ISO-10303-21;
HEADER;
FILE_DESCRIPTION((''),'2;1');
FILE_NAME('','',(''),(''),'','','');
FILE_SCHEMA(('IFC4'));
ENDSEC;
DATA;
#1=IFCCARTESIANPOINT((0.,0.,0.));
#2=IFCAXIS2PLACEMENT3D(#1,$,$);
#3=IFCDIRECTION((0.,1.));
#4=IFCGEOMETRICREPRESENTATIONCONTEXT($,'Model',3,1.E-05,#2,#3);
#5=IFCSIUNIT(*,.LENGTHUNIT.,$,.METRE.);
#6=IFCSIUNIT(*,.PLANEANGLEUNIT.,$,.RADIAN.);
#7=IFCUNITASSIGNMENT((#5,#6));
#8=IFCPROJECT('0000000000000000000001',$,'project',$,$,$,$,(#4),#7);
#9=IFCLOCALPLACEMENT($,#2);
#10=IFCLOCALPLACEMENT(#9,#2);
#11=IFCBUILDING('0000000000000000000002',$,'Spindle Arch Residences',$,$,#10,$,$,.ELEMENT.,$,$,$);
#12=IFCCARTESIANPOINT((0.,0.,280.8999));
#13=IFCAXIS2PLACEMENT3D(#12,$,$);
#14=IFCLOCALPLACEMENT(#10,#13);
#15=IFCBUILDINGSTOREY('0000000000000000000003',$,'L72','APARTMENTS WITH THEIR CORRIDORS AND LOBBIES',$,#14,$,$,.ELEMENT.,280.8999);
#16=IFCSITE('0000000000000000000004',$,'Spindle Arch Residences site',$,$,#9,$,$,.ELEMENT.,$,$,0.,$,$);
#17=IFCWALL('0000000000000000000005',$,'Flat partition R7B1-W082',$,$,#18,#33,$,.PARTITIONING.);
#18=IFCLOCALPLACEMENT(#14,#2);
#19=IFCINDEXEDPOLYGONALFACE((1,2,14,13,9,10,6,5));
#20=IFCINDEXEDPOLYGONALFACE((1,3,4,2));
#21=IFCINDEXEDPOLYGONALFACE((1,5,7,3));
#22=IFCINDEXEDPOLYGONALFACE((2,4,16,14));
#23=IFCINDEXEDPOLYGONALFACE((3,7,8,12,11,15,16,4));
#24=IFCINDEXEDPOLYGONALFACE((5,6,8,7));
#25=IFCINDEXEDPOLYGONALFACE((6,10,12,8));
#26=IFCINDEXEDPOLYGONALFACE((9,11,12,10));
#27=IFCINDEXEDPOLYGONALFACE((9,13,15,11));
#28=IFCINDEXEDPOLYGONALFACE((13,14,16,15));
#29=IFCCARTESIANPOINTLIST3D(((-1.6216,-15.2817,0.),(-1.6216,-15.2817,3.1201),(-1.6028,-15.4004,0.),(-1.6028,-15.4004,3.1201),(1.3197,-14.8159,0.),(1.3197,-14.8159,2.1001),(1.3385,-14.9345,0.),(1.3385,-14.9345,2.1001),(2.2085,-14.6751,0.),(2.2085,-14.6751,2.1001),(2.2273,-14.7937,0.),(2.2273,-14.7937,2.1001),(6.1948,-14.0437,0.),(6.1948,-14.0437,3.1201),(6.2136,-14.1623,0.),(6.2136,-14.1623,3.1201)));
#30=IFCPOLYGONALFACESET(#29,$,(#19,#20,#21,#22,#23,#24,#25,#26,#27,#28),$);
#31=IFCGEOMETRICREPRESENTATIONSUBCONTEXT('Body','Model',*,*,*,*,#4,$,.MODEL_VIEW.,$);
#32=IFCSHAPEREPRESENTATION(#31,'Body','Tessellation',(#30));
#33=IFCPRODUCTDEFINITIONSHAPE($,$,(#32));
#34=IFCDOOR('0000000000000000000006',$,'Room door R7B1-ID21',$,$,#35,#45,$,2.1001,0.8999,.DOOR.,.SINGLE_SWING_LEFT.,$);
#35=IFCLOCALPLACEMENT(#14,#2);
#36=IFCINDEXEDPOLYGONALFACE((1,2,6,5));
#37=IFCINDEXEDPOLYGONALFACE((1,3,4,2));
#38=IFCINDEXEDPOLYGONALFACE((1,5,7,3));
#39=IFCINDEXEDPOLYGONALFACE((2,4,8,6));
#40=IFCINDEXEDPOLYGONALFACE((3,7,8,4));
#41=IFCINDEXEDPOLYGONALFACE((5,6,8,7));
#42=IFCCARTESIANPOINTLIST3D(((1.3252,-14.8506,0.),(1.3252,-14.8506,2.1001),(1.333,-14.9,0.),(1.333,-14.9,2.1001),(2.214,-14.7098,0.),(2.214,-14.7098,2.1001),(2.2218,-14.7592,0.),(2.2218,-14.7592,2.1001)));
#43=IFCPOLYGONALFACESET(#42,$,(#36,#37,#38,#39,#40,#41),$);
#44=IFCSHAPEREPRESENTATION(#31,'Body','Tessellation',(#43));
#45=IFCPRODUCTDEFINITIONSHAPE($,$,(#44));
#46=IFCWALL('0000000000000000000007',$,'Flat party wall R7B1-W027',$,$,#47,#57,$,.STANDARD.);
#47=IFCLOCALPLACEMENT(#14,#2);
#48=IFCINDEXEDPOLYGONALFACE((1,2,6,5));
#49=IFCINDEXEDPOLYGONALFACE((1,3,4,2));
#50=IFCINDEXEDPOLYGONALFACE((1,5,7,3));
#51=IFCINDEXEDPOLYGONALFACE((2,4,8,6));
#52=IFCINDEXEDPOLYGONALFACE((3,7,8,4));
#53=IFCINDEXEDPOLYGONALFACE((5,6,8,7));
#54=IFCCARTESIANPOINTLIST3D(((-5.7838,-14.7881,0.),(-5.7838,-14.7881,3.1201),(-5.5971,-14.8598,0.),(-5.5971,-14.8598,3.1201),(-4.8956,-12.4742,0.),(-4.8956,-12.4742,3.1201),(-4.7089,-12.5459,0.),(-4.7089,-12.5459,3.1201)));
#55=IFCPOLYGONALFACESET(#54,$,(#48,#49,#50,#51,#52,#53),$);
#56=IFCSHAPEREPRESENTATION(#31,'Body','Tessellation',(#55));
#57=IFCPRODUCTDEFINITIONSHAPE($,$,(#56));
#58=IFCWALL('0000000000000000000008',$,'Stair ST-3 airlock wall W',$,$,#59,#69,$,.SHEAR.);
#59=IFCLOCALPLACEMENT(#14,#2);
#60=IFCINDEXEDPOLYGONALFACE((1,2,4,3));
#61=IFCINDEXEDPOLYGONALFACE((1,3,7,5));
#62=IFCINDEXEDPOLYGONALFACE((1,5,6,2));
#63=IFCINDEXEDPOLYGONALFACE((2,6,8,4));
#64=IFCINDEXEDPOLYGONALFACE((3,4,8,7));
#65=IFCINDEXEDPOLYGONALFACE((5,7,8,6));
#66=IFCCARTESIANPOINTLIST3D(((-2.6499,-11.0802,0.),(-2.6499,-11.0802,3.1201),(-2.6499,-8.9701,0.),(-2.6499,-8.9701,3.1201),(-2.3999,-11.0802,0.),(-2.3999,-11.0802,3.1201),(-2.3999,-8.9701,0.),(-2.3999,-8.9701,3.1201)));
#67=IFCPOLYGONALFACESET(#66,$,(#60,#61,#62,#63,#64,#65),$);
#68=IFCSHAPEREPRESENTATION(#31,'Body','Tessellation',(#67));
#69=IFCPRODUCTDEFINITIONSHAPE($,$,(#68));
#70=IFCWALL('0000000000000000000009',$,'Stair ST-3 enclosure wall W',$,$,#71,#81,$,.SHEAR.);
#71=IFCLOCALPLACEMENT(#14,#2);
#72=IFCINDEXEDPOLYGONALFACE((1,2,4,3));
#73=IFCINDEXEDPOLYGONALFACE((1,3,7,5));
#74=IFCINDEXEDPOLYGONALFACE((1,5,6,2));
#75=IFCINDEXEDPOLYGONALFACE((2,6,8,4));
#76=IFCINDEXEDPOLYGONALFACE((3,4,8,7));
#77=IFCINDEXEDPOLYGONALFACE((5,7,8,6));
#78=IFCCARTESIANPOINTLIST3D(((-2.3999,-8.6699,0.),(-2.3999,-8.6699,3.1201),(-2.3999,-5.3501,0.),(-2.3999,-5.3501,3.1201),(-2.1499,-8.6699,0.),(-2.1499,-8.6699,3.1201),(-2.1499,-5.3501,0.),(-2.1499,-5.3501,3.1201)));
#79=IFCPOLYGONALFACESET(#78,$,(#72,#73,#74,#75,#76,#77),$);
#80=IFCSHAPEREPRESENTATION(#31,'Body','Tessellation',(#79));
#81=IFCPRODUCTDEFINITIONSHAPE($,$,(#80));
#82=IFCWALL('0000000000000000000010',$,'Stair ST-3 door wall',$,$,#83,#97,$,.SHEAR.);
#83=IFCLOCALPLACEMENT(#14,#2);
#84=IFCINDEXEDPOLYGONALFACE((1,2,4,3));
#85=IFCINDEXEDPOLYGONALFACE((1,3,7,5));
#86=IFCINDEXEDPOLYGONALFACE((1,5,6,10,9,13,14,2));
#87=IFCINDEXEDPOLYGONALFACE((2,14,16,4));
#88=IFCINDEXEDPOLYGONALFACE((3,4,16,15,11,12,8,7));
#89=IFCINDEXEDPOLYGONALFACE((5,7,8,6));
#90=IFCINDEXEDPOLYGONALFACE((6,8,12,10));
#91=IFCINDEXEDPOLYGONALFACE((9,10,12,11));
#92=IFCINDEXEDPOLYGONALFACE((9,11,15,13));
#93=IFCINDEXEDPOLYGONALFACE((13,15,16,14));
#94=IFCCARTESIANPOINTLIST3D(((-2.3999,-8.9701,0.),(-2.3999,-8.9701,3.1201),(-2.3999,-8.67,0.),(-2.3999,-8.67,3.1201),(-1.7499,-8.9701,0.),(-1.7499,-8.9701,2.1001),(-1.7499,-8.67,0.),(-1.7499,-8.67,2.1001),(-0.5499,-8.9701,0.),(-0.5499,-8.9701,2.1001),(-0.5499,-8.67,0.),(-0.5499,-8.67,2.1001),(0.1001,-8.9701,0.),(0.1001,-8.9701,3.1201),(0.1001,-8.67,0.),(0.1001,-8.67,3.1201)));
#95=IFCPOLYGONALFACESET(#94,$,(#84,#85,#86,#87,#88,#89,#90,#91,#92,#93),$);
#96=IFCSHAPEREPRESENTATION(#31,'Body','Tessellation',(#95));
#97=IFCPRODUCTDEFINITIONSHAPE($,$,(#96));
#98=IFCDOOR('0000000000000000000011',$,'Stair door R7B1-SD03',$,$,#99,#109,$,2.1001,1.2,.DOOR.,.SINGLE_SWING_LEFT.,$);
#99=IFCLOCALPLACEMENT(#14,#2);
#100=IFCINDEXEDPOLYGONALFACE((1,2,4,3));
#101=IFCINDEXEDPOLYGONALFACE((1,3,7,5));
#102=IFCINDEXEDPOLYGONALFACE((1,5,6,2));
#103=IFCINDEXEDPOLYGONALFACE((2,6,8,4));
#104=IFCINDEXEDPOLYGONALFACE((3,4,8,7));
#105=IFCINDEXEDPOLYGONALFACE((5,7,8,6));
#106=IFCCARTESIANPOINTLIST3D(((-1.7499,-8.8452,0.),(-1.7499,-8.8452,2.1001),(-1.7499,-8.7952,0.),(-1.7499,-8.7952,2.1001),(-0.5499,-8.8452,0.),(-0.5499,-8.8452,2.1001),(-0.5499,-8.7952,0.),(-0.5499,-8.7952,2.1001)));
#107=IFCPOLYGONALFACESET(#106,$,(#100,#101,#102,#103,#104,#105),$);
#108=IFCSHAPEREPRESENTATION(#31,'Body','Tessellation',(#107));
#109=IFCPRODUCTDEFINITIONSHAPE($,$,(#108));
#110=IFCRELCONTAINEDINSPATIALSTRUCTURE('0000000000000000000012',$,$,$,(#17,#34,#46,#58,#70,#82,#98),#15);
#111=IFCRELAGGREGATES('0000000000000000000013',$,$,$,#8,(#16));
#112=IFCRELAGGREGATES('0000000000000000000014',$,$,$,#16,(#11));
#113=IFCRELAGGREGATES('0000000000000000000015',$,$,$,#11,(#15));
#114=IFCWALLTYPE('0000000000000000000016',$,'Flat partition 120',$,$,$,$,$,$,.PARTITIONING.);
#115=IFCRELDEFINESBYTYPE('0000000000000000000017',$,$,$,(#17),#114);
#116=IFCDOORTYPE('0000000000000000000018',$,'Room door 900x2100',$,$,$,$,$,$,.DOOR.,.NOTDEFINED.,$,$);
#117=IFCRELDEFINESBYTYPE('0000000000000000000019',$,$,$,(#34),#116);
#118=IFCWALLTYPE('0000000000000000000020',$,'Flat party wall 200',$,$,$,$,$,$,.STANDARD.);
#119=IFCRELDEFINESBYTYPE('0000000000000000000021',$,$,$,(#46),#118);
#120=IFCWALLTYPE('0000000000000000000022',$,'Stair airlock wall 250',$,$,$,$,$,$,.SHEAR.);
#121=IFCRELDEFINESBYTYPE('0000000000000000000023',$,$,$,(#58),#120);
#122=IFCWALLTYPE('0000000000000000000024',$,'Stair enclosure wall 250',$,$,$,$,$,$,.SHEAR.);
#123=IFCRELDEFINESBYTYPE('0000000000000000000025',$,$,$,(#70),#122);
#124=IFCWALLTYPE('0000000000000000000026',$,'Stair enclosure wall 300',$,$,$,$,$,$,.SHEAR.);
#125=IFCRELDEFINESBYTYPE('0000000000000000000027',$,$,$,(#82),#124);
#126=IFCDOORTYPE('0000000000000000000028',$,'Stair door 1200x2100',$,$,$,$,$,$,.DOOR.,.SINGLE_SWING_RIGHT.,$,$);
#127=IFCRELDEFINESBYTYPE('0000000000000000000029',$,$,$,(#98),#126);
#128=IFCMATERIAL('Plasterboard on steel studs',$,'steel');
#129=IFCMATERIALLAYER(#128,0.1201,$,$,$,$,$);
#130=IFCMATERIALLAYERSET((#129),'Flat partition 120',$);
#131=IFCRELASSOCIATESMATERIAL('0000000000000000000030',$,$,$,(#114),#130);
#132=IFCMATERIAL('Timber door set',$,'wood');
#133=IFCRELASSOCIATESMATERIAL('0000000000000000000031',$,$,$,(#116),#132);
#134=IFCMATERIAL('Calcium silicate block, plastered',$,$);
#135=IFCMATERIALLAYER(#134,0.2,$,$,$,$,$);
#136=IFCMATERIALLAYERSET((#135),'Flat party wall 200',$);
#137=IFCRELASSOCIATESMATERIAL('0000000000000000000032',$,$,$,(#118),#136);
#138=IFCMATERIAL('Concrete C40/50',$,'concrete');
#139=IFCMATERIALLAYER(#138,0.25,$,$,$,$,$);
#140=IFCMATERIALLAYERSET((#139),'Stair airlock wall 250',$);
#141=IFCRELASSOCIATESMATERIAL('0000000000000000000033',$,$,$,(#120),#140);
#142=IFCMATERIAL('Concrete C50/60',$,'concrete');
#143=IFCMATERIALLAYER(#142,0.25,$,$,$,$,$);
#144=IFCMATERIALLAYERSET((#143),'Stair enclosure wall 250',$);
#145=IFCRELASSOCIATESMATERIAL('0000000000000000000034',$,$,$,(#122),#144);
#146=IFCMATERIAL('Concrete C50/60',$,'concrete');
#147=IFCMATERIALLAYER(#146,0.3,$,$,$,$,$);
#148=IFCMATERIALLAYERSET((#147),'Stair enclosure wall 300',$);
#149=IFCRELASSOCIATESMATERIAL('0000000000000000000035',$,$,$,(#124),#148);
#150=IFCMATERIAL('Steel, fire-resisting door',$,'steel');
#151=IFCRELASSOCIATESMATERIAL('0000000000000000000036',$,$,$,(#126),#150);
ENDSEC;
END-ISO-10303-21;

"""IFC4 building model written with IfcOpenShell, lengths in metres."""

from ifc_helpers import new_model, si_unit, direction, frame, frame_2d, origin, place, context, subcontext, project, spatial, rectangle, extrude, material, layer, layer_set, type_object, element, fill, save


model = new_model("IFC4")

# Units and contexts
model_context = context("Model", 3, precision=1e-05, world=origin(), true_north=direction((0.0, 1.0)))
body_context = subcontext(model_context, "Body", "Model", "MODEL_VIEW")
ifc_project = project(units=[si_unit("LENGTHUNIT", "METRE"), si_unit("PLANEANGLEUNIT", "RADIAN")], contexts=[model_context])

# Site, building, storey
site_placement = place(None, origin())
site = spatial("IfcSite", under=ifc_project, at=site_placement, Name="Spindle Arch Residences site", CompositionType="ELEMENT", RefElevation=0.0)
building_placement = place(site_placement, origin())
building = spatial("IfcBuilding", under=site, at=building_placement, Name="Spindle Arch Residences", CompositionType="ELEMENT")
storey_placement = place(building_placement, frame((0.0, 0.0, 280.8999)))
storey = spatial("IfcBuildingStorey", under=building, at=storey_placement, Name="L72", Description="APARTMENTS WITH THEIR CORRIDORS AND LOBBIES", CompositionType="ELEMENT", Elevation=280.8999)

# Wall, opening, door
ifc_material_1 = material(Name="Plasterboard on steel studs", Category="steel")
ifc_layer_1 = layer(ifc_material_1, 0.1201)
ifc_layer_set_1 = layer_set([ifc_layer_1], Name="Flat partition 120")
wall_type_1 = type_object("IfcWallType", Name="Flat partition 120", PredefinedType="PARTITIONING", material=ifc_layer_set_1)
ifc_material_2 = material(Name="Timber door set", Category="wood")
door_type_1 = type_object("IfcDoorType", Name="Room door 900x2100", OperationType="NOTDEFINED", PredefinedType="DOOR", material=ifc_material_2)
wall_1_placement = place(storey_placement, frame((-1.6123, -15.3411, 0.0), z_axis=(0.0, 0.0, 1.0), x_axis=(0.987688, 0.156439, 0.0)))
wall_1 = element("IfcWall", 1, at=wall_1_placement, inside=storey, type_object=wall_type_1, Name="Flat partition R7B1-W082", PredefinedType="PARTITIONING", context=body_context, shape_type="SweptSolid", body=[
    extrude(rectangle(XDim=7.9138, YDim=0.1201, at=frame_2d((3.957, 0.0))), origin(), (0.0, 0.0, 1.0), 3.1201),
])
opening_1_placement = place(wall_1_placement, frame((2.978, 0.0, 0.0)))
opening_1 = element("IfcOpeningElement", 2, at=opening_1_placement, cuts=wall_1, PredefinedType="OPENING", context=body_context, shape_type="SweptSolid", body=[
    extrude(rectangle(XDim=0.8999, YDim=2.1001, at=frame_2d((0.45, 1.05))), frame((0.0, 0.0701, 0.0), z_axis=(0.0, -1.0, 0.0), x_axis=(1.0, 0.0, 0.0)), (0.0, 0.0, 1.0), 0.1401),
])
door_1_placement = place(opening_1_placement, origin())
door_1 = element("IfcDoor", 3, at=door_1_placement, inside=storey, type_object=door_type_1, Name="Room door R7B1-ID21", OperationType="SINGLE_SWING_LEFT", OverallHeight=2.1001, OverallWidth=0.8999, PredefinedType="DOOR", context=body_context, shape_type="SweptSolid", body=[
    extrude(rectangle(XDim=0.8999, YDim=2.1001, at=frame_2d((0.45, 1.05))), frame((0.0, 0.0249, 0.0), z_axis=(0.0, -1.0, 0.0), x_axis=(1.0, 0.0, 0.0)), (0.0, 0.0, 1.0), 0.05),
])
fill(opening_1, door_1)

# Walls
ifc_material_3 = material(Name="Calcium silicate block, plastered")
ifc_layer_2 = layer(ifc_material_3, 0.2)
ifc_layer_set_2 = layer_set([ifc_layer_2], Name="Flat party wall 200")
wall_type_2 = type_object("IfcWallType", Name="Flat party wall 200", PredefinedType="STANDARD", material=ifc_layer_set_2)
wall_2_placement = place(storey_placement, frame((-5.6904, -14.824, 0.0), z_axis=(0.0, 0.0, 1.0), x_axis=(0.358345, 0.933589, 0.0)))
element("IfcWall", 4, at=wall_2_placement, inside=storey, type_object=wall_type_2, Name="Flat party wall R7B1-W027", PredefinedType="STANDARD", context=body_context, shape_type="SweptSolid", body=[
    extrude(rectangle(XDim=2.4785, YDim=0.2, at=frame_2d((1.2393, 0.0))), origin(), (0.0, 0.0, 1.0), 3.1201),
])
ifc_material_4 = material(Name="Concrete C40/50", Category="concrete")
ifc_layer_3 = layer(ifc_material_4, 0.25)
ifc_layer_set_3 = layer_set([ifc_layer_3], Name="Stair airlock wall 250")
wall_type_3 = type_object("IfcWallType", Name="Stair airlock wall 250", PredefinedType="SHEAR", material=ifc_layer_set_3)
wall_3_placement = place(storey_placement, frame((-2.5249, -8.97, 0.0), z_axis=(0.0, 0.0, 1.0), x_axis=(0.0, -1.0, 0.0)))
element("IfcWall", 5, at=wall_3_placement, inside=storey, type_object=wall_type_3, Name="Stair ST-3 airlock wall W", PredefinedType="SHEAR", context=body_context, shape_type="SweptSolid", body=[
    extrude(rectangle(XDim=2.1101, YDim=0.25, at=frame_2d((1.0552, 0.0))), origin(), (0.0, 0.0, 1.0), 3.1201),
])
ifc_material_5 = material(Name="Concrete C50/60", Category="concrete")
ifc_layer_4 = layer(ifc_material_5, 0.25)
ifc_layer_set_4 = layer_set([ifc_layer_4], Name="Stair enclosure wall 250")
wall_type_4 = type_object("IfcWallType", Name="Stair enclosure wall 250", PredefinedType="SHEAR", material=ifc_layer_set_4)
wall_4_placement = place(storey_placement, frame((-2.2749, -8.6699, 0.0), z_axis=(0.0, 0.0, 1.0), x_axis=(0.0, 1.0, 0.0)))
element("IfcWall", 6, at=wall_4_placement, inside=storey, type_object=wall_type_4, Name="Stair ST-3 enclosure wall W", PredefinedType="SHEAR", context=body_context, shape_type="SweptSolid", body=[
    extrude(rectangle(XDim=3.3198, YDim=0.25, at=frame_2d((1.6599, 0.0))), origin(), (0.0, 0.0, 1.0), 3.1201),
])

# Wall, opening, door
ifc_material_6 = material(Name="Concrete C50/60", Category="concrete")
ifc_layer_5 = layer(ifc_material_6, 0.3)
ifc_layer_set_5 = layer_set([ifc_layer_5], Name="Stair enclosure wall 300")
wall_type_5 = type_object("IfcWallType", Name="Stair enclosure wall 300", PredefinedType="SHEAR", material=ifc_layer_set_5)
wall_5_placement = place(storey_placement, frame((-2.3999, -8.8201, 0.0), z_axis=(0.0, 0.0, 1.0), x_axis=(1.0, 0.0, 0.0)))
wall_5 = element("IfcWall", 7, at=wall_5_placement, inside=storey, type_object=wall_type_5, Name="Stair ST-3 door wall", PredefinedType="SHEAR", context=body_context, shape_type="SweptSolid", body=[
    extrude(rectangle(XDim=2.5, YDim=0.3, at=frame_2d((1.25, 0.0))), origin(), (0.0, 0.0, 1.0), 3.1201),
])
opening_2_placement = place(wall_5_placement, frame((0.6499, 0.0, 0.0)))
opening_2 = element("IfcOpeningElement", 8, at=opening_2_placement, cuts=wall_5, PredefinedType="OPENING", context=body_context, shape_type="SweptSolid", body=[
    extrude(rectangle(XDim=1.2, YDim=2.1001, at=frame_2d((0.6001, 1.05))), frame((0.0, 0.1602, 0.0), z_axis=(0.0, -1.0, 0.0), x_axis=(1.0, 0.0, 0.0)), (0.0, 0.0, 1.0), 0.3201),
])
ifc_material_7 = material(Name="Steel, fire-resisting door", Category="steel")
door_type_2 = type_object("IfcDoorType", Name="Stair door 1200x2100", OperationType="SINGLE_SWING_RIGHT", PredefinedType="DOOR", material=ifc_material_7)
door_2_placement = place(opening_2_placement, origin())
door_2 = element("IfcDoor", 9, at=door_2_placement, inside=storey, type_object=door_type_2, Name="Stair door R7B1-SD03", OperationType="SINGLE_SWING_LEFT", OverallHeight=2.1001, OverallWidth=1.2, PredefinedType="DOOR", context=body_context, shape_type="SweptSolid", body=[
    extrude(rectangle(XDim=1.2, YDim=2.1001, at=frame_2d((0.6001, 1.05))), frame((0.0, 0.0249, 0.0), z_axis=(0.0, -1.0, 0.0), x_axis=(1.0, 0.0, 0.0)), (0.0, 0.0, 1.0), 0.05),
])
fill(opening_2, door_2)

save(model, "model.ifc")
